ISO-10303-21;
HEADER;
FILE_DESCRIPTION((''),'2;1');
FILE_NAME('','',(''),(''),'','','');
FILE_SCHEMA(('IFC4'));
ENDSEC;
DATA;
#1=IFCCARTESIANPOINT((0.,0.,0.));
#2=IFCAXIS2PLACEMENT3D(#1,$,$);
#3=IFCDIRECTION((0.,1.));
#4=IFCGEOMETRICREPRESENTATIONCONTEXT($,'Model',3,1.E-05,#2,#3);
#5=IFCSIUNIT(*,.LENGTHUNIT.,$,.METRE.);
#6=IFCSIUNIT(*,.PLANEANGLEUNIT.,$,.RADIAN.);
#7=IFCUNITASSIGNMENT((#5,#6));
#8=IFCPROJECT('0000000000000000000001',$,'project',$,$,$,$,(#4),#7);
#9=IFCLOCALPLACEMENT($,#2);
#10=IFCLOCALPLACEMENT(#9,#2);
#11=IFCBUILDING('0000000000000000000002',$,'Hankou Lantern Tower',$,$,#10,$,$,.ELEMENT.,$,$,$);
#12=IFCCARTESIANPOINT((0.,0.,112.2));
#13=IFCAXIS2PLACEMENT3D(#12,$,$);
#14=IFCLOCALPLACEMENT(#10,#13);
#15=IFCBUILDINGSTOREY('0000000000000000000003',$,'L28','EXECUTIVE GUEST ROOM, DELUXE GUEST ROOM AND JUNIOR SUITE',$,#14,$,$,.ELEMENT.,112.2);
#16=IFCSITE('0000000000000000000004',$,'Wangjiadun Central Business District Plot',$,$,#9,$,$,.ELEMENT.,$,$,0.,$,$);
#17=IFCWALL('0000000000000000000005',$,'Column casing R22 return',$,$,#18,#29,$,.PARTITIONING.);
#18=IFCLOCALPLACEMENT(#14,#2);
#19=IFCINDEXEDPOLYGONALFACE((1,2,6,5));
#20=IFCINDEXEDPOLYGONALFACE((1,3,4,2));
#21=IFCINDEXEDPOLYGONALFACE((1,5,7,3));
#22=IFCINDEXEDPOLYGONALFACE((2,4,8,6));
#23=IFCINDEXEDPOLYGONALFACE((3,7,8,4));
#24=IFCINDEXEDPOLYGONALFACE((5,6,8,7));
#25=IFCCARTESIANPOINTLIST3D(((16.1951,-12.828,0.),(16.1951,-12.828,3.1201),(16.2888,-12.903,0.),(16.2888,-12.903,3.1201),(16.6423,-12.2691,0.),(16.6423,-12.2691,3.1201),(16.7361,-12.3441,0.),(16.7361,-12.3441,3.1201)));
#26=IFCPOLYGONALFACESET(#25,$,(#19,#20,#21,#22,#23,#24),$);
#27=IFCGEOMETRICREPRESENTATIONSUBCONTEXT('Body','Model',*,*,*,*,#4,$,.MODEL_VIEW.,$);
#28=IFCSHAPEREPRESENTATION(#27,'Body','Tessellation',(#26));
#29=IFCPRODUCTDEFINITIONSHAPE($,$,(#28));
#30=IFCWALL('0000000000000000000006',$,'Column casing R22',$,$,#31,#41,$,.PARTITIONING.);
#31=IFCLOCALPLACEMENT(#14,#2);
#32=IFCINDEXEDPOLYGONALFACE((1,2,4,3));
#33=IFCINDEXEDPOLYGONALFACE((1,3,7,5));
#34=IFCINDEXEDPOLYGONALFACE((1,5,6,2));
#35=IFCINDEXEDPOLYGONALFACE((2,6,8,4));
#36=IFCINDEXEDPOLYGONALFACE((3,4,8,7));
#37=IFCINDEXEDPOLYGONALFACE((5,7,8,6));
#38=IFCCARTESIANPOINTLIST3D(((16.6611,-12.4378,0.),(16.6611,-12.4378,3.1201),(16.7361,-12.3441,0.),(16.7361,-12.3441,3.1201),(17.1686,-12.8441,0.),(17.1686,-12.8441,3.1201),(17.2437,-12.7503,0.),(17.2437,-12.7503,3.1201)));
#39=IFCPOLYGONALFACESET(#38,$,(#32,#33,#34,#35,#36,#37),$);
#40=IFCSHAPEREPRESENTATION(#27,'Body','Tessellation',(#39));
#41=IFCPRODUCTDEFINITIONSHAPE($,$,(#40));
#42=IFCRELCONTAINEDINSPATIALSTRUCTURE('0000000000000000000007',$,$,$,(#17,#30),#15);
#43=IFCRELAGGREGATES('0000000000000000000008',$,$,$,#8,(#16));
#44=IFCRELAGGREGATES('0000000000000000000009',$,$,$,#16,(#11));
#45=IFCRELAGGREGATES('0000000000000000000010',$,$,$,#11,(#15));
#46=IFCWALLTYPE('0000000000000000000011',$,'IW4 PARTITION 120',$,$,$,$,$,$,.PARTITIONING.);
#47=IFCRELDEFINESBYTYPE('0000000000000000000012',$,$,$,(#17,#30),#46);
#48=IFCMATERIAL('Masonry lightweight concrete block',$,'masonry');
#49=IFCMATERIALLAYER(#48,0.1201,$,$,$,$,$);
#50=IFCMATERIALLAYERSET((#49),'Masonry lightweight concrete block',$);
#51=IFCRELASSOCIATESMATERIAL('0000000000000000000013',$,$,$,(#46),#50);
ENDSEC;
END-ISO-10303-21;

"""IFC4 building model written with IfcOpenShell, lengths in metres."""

from ifc_helpers import new_model, si_unit, direction, frame, frame_2d, origin, place, context, subcontext, project, spatial, rectangle, extrude, material, layer, layer_set, type_object, element, save


model = new_model("IFC4")

# Units and contexts
model_context = context("Model", 3, precision=1e-05, world=origin(), true_north=direction((0.0, 1.0)))
body_context = subcontext(model_context, "Body", "Model", "MODEL_VIEW")
ifc_project = project(units=[si_unit("LENGTHUNIT", "METRE"), si_unit("PLANEANGLEUNIT", "RADIAN")], contexts=[model_context])

# Site, building, storey
site_placement = place(None, origin())
site = spatial("IfcSite", under=ifc_project, at=site_placement, Name="Wangjiadun Central Business District Plot", CompositionType="ELEMENT", RefElevation=0.0)
building_placement = place(site_placement, origin())
building = spatial("IfcBuilding", under=site, at=building_placement, Name="Hankou Lantern Tower", CompositionType="ELEMENT")
storey_placement = place(building_placement, frame((0.0, 0.0, 112.2)))
storey = spatial("IfcBuildingStorey", under=building, at=storey_placement, Name="L28", Description="EXECUTIVE GUEST ROOM, DELUXE GUEST ROOM AND JUNIOR SUITE", CompositionType="ELEMENT", Elevation=112.2)

# Walls
ifc_material_1 = material(Name="Masonry lightweight concrete block", Category="masonry")
ifc_layer_1 = layer(ifc_material_1, 0.1201)
ifc_layer_set_1 = layer_set([ifc_layer_1], Name="Masonry lightweight concrete block")
wall_type_1 = type_object("IfcWallType", Name="IW4 PARTITION 120", PredefinedType="PARTITIONING", material=ifc_layer_set_1)
wall_1_placement = place(storey_placement, frame((16.2419, -12.8655, 0.0), z_axis=(0.0, 0.0, 1.0), x_axis=(0.624861, 0.780736, 0.0)))
element("IfcWall", 1, at=wall_1_placement, inside=storey, type_object=wall_type_1, Name="Column casing R22 return", PredefinedType="PARTITIONING", context=body_context, shape_type="SweptSolid", body=[
    extrude(rectangle(XDim=0.7158, YDim=0.1201, at=frame_2d((0.3579, 0.0))), origin(), (0.0, 0.0, 1.0), 3.1201),
])
wall_2_placement = place(storey_placement, frame((16.6985, -12.3909, 0.0), z_axis=(0.0, 0.0, 1.0), x_axis=(0.780722, -0.624878, 0.0)))
element("IfcWall", 2, at=wall_2_placement, inside=storey, type_object=wall_type_1, Name="Column casing R22", PredefinedType="PARTITIONING", context=body_context, shape_type="SweptSolid", body=[
    extrude(rectangle(XDim=0.6501, YDim=0.1201, at=frame_2d((0.3252, 0.0))), origin(), (0.0, 0.0, 1.0), 3.1201),
])

save(model, "model.ifc")
